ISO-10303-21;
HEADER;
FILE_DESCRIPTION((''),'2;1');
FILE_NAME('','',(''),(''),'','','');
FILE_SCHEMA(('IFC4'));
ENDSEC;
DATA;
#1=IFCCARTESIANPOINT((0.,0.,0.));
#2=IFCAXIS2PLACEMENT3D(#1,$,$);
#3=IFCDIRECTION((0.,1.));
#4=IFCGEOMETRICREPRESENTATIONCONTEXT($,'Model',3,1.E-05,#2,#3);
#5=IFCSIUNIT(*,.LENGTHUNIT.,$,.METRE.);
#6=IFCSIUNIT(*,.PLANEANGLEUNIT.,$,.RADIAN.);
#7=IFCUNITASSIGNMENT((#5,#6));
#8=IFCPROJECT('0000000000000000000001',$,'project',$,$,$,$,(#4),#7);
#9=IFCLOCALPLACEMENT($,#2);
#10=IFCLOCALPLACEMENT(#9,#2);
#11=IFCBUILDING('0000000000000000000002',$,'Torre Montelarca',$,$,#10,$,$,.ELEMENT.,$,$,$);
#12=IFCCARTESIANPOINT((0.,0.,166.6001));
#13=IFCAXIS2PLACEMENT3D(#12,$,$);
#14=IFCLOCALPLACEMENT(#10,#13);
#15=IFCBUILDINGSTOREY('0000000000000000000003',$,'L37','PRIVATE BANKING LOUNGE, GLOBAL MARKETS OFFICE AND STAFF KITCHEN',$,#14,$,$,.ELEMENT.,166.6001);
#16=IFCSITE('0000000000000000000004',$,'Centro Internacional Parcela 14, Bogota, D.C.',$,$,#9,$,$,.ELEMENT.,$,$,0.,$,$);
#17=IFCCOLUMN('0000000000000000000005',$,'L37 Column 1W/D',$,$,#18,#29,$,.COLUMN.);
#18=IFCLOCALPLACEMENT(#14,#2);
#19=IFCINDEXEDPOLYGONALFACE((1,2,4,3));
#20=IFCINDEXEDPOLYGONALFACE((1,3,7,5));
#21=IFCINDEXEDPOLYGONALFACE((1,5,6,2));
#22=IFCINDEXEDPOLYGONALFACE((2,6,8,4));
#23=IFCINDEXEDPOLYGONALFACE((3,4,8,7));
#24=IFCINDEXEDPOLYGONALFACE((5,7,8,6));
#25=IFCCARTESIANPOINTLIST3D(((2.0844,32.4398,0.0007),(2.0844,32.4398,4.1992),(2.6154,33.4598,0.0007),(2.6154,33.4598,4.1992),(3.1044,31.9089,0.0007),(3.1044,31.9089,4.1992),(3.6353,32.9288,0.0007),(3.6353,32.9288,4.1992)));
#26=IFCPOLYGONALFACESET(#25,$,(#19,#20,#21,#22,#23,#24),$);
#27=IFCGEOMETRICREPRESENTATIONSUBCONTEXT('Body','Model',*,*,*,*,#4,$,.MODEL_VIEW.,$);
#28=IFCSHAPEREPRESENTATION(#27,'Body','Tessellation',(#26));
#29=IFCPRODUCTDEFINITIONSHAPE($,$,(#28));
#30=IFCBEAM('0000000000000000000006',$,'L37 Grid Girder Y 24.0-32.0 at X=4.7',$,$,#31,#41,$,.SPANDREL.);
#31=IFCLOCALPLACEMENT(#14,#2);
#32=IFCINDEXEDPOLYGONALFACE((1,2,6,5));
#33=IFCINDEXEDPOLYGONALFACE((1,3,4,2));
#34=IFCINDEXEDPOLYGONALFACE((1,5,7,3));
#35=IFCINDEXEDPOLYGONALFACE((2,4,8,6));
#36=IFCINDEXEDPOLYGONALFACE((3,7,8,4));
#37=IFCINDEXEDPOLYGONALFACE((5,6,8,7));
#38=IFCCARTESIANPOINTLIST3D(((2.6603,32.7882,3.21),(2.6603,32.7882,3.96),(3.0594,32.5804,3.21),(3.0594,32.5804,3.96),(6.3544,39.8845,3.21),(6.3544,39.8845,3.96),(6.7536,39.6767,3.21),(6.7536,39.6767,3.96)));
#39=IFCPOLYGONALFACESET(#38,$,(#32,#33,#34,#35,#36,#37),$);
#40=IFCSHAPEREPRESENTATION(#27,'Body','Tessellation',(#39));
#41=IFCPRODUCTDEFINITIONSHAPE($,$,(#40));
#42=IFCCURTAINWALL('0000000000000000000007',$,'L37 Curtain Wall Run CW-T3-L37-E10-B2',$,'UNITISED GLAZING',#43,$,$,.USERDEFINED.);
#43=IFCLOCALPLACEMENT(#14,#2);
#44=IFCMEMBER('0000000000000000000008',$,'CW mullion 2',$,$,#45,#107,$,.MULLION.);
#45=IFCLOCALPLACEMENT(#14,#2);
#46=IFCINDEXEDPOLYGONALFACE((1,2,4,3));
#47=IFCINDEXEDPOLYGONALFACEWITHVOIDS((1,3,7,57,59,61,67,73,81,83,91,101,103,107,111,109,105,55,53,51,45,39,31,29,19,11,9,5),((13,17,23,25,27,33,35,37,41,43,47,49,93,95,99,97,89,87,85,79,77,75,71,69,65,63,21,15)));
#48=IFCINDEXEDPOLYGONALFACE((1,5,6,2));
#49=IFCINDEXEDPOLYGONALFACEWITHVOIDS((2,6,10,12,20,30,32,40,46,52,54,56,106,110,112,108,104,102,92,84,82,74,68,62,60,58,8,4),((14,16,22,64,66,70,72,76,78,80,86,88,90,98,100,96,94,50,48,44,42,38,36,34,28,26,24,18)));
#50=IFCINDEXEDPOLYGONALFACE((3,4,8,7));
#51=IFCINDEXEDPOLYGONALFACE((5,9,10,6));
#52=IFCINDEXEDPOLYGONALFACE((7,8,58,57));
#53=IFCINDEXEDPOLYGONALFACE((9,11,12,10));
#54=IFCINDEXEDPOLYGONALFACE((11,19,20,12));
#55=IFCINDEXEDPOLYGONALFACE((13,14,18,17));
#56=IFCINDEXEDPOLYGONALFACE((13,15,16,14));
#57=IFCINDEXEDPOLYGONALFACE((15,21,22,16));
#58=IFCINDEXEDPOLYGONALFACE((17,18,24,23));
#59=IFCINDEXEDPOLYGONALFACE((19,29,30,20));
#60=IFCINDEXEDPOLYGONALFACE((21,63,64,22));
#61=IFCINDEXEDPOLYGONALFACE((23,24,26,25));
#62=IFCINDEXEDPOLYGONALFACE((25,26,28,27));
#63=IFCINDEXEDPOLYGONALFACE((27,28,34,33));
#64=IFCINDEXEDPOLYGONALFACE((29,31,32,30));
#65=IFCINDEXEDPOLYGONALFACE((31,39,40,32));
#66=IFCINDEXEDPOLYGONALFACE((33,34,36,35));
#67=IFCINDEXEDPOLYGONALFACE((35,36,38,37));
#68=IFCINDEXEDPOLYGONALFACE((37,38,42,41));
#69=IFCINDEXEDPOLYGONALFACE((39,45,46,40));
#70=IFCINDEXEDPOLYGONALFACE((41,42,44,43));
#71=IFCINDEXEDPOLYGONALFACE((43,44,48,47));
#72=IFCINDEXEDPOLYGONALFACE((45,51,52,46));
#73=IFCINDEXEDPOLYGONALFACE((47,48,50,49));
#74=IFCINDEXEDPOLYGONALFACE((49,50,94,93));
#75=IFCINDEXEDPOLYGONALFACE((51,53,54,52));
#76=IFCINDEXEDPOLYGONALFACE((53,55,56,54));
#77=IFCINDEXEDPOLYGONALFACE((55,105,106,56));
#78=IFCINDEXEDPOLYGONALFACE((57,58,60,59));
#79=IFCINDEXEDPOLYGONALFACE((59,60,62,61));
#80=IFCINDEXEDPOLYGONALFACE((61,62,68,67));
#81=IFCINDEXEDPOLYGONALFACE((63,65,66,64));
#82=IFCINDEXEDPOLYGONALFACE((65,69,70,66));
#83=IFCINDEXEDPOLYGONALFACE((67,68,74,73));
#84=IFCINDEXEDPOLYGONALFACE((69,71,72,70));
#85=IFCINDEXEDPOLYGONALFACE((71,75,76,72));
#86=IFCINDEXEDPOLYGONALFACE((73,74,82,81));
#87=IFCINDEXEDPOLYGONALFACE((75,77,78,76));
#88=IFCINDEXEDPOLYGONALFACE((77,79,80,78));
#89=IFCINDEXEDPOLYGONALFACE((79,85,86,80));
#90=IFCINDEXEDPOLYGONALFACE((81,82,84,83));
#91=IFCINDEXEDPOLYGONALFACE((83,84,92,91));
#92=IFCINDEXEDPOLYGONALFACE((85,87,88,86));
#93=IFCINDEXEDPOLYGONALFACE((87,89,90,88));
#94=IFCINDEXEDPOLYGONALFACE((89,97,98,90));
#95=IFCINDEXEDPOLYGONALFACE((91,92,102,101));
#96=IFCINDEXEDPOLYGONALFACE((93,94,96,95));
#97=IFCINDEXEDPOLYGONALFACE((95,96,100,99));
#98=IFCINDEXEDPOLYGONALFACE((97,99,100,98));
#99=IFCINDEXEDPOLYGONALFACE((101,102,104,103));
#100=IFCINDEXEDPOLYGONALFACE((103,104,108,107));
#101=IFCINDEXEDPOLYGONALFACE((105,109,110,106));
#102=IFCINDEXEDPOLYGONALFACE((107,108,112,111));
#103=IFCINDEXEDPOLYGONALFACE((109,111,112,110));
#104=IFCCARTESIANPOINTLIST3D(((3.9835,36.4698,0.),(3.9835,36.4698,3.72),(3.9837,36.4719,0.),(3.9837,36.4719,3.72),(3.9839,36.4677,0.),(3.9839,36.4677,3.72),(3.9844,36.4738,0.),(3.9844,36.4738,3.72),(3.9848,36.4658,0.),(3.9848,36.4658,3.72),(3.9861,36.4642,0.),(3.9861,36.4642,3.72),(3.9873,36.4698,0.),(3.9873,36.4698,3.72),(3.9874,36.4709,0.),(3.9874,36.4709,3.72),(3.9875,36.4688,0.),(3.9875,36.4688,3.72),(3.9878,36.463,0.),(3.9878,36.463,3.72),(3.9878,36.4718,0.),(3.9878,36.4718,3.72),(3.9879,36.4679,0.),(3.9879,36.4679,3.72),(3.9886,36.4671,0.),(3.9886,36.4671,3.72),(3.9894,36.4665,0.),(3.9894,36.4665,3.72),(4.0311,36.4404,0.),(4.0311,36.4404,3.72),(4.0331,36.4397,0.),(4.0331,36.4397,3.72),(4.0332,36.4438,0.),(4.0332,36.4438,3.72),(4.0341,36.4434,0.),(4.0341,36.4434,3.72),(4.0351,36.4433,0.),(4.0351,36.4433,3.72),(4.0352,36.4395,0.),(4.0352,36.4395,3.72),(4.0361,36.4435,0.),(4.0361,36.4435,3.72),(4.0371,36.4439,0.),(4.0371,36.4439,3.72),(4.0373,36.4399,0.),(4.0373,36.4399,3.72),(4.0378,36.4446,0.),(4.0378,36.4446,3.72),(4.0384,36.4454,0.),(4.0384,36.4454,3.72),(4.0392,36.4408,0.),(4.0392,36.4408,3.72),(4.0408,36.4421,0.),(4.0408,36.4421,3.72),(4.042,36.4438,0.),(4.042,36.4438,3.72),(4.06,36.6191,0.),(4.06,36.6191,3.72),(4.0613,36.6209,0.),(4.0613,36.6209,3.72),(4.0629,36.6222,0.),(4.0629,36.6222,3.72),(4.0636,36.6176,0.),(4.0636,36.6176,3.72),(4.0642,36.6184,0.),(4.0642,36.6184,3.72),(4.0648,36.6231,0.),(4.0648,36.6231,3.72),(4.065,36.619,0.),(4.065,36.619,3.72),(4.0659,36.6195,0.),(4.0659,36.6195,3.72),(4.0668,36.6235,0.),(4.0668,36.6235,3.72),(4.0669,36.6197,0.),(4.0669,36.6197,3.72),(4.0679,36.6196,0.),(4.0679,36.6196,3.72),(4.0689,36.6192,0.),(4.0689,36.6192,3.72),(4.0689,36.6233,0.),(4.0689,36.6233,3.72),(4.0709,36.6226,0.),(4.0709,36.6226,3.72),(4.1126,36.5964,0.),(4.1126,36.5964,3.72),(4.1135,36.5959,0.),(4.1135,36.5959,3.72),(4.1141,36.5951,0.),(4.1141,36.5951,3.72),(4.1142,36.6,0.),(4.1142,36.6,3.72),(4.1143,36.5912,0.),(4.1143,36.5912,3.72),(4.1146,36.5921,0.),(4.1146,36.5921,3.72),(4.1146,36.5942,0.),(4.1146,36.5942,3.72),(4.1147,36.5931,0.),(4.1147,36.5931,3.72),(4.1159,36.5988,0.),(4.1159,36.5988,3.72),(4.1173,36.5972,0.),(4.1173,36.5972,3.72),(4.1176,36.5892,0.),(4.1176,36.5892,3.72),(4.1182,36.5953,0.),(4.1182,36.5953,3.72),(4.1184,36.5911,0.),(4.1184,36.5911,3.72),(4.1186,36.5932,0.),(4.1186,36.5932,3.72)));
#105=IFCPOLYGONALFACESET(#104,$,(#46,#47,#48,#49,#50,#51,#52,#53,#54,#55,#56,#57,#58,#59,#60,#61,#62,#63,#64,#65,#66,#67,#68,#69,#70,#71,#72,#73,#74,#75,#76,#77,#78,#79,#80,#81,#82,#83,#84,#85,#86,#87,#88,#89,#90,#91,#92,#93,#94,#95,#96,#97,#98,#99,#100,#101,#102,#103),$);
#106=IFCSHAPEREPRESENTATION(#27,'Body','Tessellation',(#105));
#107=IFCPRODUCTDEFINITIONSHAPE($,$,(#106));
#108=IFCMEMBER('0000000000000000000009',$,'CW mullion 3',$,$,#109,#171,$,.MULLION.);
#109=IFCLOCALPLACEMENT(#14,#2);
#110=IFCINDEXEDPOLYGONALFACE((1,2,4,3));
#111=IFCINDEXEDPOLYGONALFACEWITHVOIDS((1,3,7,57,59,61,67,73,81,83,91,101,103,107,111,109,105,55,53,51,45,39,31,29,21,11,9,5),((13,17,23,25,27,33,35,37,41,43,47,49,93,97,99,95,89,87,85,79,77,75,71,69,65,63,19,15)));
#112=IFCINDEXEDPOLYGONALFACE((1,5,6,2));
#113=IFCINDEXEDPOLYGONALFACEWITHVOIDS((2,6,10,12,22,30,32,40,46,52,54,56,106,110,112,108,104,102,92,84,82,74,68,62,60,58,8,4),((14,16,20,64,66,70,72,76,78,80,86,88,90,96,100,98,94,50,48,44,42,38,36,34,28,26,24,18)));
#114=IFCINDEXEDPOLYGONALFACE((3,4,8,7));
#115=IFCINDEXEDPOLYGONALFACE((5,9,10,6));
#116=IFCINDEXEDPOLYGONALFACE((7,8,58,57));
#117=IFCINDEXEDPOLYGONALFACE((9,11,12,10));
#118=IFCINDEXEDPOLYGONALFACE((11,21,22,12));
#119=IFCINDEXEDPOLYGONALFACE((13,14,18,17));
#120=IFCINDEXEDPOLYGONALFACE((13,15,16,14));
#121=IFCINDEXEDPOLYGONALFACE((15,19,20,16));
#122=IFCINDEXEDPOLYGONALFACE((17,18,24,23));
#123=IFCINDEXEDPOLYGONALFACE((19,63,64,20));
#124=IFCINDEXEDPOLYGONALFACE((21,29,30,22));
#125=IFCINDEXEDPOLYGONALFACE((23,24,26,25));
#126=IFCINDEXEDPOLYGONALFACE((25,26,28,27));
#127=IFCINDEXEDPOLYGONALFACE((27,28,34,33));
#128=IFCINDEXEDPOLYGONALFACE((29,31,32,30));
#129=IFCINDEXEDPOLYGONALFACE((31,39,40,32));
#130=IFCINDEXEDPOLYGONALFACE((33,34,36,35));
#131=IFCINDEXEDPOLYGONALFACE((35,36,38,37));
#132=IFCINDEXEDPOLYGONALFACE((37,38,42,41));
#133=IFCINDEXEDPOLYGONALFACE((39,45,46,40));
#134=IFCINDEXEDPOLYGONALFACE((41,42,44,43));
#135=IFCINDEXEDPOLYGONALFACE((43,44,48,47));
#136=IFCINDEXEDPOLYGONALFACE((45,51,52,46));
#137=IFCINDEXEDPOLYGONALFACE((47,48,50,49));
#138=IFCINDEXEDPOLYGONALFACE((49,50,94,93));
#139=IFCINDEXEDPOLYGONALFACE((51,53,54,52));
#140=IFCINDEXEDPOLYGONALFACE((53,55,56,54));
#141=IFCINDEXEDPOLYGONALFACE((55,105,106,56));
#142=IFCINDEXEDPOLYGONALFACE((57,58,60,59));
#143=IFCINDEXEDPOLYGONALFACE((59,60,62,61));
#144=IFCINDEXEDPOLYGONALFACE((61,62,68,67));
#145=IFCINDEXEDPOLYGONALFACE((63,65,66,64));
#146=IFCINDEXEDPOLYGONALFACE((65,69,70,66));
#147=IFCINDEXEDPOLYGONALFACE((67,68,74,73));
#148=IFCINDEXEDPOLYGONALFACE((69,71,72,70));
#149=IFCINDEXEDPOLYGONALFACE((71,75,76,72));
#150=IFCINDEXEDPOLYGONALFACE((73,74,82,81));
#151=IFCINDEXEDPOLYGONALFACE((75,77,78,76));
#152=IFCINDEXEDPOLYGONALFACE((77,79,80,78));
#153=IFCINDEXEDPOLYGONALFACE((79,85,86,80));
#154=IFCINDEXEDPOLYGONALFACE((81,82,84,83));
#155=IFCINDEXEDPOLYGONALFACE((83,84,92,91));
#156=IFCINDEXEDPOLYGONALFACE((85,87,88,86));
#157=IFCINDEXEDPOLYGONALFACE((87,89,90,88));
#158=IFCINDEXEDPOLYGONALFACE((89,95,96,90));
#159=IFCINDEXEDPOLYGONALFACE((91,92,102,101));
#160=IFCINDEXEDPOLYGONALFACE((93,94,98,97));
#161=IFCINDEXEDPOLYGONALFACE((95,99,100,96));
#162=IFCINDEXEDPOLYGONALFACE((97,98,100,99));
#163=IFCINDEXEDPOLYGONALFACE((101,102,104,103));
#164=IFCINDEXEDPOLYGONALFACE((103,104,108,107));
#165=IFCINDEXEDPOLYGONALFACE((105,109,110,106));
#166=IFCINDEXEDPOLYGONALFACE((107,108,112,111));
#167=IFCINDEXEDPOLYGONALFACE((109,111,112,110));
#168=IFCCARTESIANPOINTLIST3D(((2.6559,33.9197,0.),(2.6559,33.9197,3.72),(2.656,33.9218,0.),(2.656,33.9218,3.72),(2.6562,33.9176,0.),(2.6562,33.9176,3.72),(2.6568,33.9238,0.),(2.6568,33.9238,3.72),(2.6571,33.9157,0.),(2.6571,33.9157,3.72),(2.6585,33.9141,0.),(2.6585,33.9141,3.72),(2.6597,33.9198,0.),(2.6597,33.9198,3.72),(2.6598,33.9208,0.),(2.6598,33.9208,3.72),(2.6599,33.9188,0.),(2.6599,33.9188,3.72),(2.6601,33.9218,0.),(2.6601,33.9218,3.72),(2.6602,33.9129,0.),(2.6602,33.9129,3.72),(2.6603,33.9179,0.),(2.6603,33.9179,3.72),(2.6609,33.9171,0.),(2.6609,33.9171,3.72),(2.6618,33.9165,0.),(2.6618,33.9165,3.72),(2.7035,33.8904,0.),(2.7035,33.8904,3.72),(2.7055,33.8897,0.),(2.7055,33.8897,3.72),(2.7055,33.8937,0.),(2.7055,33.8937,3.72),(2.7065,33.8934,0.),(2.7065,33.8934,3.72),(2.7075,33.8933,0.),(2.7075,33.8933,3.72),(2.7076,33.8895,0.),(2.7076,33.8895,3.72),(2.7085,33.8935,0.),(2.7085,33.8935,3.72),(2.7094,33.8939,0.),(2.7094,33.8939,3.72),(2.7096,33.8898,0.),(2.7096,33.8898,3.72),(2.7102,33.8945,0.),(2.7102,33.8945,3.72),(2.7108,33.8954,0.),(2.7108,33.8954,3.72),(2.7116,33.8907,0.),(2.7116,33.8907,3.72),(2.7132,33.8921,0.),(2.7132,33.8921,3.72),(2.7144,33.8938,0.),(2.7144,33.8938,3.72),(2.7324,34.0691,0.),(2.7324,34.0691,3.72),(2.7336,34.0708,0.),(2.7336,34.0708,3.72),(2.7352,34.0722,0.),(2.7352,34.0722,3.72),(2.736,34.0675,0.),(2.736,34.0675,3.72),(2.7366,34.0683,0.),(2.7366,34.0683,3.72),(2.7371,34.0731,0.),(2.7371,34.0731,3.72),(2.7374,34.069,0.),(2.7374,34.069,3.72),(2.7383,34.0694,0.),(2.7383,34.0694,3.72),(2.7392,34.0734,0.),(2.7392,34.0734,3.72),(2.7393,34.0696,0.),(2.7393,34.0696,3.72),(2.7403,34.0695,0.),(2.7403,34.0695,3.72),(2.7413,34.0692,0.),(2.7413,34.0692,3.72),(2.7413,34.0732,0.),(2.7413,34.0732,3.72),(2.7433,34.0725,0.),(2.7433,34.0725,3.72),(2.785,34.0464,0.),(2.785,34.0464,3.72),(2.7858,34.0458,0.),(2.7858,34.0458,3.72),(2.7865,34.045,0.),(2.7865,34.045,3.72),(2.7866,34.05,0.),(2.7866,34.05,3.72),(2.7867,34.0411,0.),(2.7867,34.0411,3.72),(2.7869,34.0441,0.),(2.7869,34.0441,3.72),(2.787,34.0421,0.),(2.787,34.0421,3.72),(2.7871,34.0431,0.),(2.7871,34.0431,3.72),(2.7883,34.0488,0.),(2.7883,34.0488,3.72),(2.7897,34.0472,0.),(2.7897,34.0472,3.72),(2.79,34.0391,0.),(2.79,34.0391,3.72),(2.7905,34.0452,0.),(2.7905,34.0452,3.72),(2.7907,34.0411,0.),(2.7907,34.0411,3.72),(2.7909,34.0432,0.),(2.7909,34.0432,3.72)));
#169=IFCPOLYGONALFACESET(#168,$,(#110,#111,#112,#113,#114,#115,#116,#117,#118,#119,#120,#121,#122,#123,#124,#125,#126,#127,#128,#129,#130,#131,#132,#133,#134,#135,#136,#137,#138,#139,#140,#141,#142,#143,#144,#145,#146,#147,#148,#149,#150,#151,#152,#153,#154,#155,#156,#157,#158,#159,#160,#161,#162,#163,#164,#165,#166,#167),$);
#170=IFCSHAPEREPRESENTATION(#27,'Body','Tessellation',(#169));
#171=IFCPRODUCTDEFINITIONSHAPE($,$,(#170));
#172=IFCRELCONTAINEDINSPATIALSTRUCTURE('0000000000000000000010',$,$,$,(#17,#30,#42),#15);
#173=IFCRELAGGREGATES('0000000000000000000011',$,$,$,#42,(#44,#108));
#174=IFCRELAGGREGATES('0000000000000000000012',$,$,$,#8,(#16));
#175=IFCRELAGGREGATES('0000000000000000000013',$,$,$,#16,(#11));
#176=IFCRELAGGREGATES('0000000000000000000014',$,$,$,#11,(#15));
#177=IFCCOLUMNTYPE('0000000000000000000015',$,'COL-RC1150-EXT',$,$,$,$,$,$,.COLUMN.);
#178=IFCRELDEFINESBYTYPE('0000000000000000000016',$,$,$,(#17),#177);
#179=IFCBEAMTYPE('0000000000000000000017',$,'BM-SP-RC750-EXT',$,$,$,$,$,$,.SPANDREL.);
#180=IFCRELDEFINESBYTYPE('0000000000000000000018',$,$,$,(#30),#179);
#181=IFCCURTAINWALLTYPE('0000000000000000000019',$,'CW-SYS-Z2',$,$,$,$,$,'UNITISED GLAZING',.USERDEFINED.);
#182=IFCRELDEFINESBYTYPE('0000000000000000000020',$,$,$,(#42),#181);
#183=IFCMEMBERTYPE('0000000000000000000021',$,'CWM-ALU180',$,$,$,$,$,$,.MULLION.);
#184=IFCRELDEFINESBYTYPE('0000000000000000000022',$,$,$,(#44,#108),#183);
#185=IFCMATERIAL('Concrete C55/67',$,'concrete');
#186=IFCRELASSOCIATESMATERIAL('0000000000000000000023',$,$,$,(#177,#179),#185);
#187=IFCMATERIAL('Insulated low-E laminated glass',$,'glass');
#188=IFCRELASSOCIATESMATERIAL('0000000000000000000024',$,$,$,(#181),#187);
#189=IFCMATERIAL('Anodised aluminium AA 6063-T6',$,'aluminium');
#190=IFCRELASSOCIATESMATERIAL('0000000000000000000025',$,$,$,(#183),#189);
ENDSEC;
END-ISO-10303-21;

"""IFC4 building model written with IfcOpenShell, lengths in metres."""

from ifc_helpers import new_model, si_unit, direction, frame, origin, origin_2d, place, context, subcontext, project, spatial, rectangle, hollow_rectangle, extrude, source, transform, mapped, material, material_profile, profile_set, type_object, element, aggregate, save


model = new_model("IFC4")

# Units and contexts
model_context = context("Model", 3, precision=1e-05, world=origin(), true_north=direction((0.0, 1.0)))
body_context = subcontext(model_context, "Body", "Model", "MODEL_VIEW")
ifc_project = project(units=[si_unit("LENGTHUNIT", "METRE"), si_unit("PLANEANGLEUNIT", "RADIAN")], contexts=[model_context])

# Site, building, storey
site_placement = place(None, origin())
site = spatial("IfcSite", under=ifc_project, at=site_placement, Name="Centro Internacional Parcela 14, Bogota, D.C.", CompositionType="ELEMENT", RefElevation=0.0)
building_placement = place(site_placement, origin())
building = spatial("IfcBuilding", under=site, at=building_placement, Name="Torre Montelarca", CompositionType="ELEMENT")
storey_placement = place(building_placement, frame((0.0, 0.0, 166.6001)))
storey = spatial("IfcBuildingStorey", under=building, at=storey_placement, Name="L37", Description="PRIVATE BANKING LOUNGE, GLOBAL MARKETS OFFICE AND STAFF KITCHEN", CompositionType="ELEMENT", Elevation=166.6001)

# Column
ifc_material_1 = material(Name="Concrete C55/67", Category="concrete")
ifc_material_profile_1 = material_profile(ifc_material_1, rectangle(XDim=1.1499, YDim=1.1499, at=origin_2d()), Name="RC1150X1150", Category="concrete")
ifc_profile_set_1 = profile_set([ifc_material_profile_1], Name="Concrete C55/67")
column_type = type_object("IfcColumnType", Name="COL-RC1150-EXT", PredefinedType="COLUMN", material=ifc_profile_set_1)
shared_shape_1 = source(origin(), body_context, "Body", "SweptSolid", [
    extrude(rectangle(XDim=1.1499, YDim=1.1499, at=origin_2d()), origin(), (0.0, 0.0, 1.0), 4.1985),
])
column_placement = place(storey_placement, frame((2.8599, 32.6843, 0.0007), z_axis=(0.0, 0.0, 1.0), x_axis=(-0.887011, 0.461749, 0.0)))
element("IfcColumn", 1, at=column_placement, inside=storey, type_object=column_type, Name="L37 Column 1W/D", PredefinedType="COLUMN", context=body_context, shape_type="MappedRepresentation", body=[
    mapped(shared_shape_1, transform((0.0, 0.0, 0.0), scale=1.0)),
])

# Beam
ifc_material_profile_2 = material_profile(ifc_material_1, rectangle(XDim=0.45, YDim=0.75, at=origin_2d()), Name="RCB450X750", Category="concrete")
ifc_profile_set_2 = profile_set([ifc_material_profile_2], Name="Concrete C55/67")
beam_type = type_object("IfcBeamType", Name="BM-SP-RC750-EXT", PredefinedType="SPANDREL", material=ifc_profile_set_2)
shared_shape_2 = source(origin(), body_context, "Body", "SweptSolid", [
    extrude(rectangle(XDim=0.45, YDim=0.75, at=origin_2d()), origin(), (0.0, 0.0, 1.0), 8.0002),
])
beam_placement = place(storey_placement, frame((2.8599, 32.6843, 3.585), z_axis=(0.461753, 0.887008, 0.0), x_axis=(-0.887008, 0.461753, 0.0)))
element("IfcBeam", 2, at=beam_placement, inside=storey, type_object=beam_type, Name="L37 Grid Girder Y 24.0-32.0 at X=4.7", PredefinedType="SPANDREL", context=body_context, shape_type="MappedRepresentation", body=[
    mapped(shared_shape_2, transform((0.0, 0.0, 0.0), scale=1.0)),
])

# Curtain wall, members
ifc_material_2 = material(Name="Insulated low-E laminated glass", Category="glass")
curtain_wall_type = type_object("IfcCurtainWallType", Name="CW-SYS-Z2", ElementType="UNITISED GLAZING", PredefinedType="USERDEFINED", material=ifc_material_2)
curtain_wall_1_placement = place(storey_placement, origin())
curtain_wall_1 = element("IfcCurtainWall", 3, at=curtain_wall_1_placement, inside=storey, type_object=curtain_wall_type, Name="L37 Curtain Wall Run CW-T3-L37-E10-B2", ObjectType="UNITISED GLAZING", PredefinedType="USERDEFINED")
ifc_material_3 = material(Name="Anodised aluminium AA 6063-T6", Category="aluminium")
ifc_material_profile_3 = material_profile(ifc_material_3, hollow_rectangle(XDim=0.0649, YDim=0.1799, WallThickness=0.0039, InnerFilletRadius=0.0039, OuterFilletRadius=0.0081, at=origin_2d()), Name="ALU65X180X4", Category="aluminium")
ifc_profile_set_3 = profile_set([ifc_material_profile_3], Name="Anodised aluminium AA 6063-T6")
member_type_1 = type_object("IfcMemberType", Name="CWM-ALU180", PredefinedType="MULLION", material=ifc_profile_set_3)
shared_shape_3 = source(origin(), body_context, "Body", "SweptSolid", [
    extrude(hollow_rectangle(XDim=0.0649, YDim=0.1799, WallThickness=0.0039, InnerFilletRadius=0.0039, OuterFilletRadius=0.0081, at=origin_2d()), origin(), (0.0, 0.0, 1.0), 3.72),
])
member_1_placement = place(storey_placement, frame((4.051, 36.5315, 0.0), z_axis=(0.0, 0.0, 1.0), x_axis=(0.88701, -0.461751, 0.0)))
member_1 = element("IfcMember", 4, at=member_1_placement, type_object=member_type_1, Name="CW mullion 2", PredefinedType="MULLION", context=body_context, shape_type="MappedRepresentation", body=[
    mapped(shared_shape_3, transform((0.0, 0.0, 0.0), scale=1.0)),
])
member_2_placement = place(storey_placement, frame((2.7234, 33.9814, 0.0), z_axis=(0.0, 0.0, 1.0), x_axis=(0.88701, -0.461751, 0.0)))
member_2 = element("IfcMember", 5, at=member_2_placement, type_object=member_type_1, Name="CW mullion 3", PredefinedType="MULLION", context=body_context, shape_type="MappedRepresentation", body=[
    mapped(shared_shape_3, transform((0.0, 0.0, 0.0), scale=1.0)),
])

aggregate(curtain_wall_1, [member_1, member_2])

save(model, "model.ifc")
